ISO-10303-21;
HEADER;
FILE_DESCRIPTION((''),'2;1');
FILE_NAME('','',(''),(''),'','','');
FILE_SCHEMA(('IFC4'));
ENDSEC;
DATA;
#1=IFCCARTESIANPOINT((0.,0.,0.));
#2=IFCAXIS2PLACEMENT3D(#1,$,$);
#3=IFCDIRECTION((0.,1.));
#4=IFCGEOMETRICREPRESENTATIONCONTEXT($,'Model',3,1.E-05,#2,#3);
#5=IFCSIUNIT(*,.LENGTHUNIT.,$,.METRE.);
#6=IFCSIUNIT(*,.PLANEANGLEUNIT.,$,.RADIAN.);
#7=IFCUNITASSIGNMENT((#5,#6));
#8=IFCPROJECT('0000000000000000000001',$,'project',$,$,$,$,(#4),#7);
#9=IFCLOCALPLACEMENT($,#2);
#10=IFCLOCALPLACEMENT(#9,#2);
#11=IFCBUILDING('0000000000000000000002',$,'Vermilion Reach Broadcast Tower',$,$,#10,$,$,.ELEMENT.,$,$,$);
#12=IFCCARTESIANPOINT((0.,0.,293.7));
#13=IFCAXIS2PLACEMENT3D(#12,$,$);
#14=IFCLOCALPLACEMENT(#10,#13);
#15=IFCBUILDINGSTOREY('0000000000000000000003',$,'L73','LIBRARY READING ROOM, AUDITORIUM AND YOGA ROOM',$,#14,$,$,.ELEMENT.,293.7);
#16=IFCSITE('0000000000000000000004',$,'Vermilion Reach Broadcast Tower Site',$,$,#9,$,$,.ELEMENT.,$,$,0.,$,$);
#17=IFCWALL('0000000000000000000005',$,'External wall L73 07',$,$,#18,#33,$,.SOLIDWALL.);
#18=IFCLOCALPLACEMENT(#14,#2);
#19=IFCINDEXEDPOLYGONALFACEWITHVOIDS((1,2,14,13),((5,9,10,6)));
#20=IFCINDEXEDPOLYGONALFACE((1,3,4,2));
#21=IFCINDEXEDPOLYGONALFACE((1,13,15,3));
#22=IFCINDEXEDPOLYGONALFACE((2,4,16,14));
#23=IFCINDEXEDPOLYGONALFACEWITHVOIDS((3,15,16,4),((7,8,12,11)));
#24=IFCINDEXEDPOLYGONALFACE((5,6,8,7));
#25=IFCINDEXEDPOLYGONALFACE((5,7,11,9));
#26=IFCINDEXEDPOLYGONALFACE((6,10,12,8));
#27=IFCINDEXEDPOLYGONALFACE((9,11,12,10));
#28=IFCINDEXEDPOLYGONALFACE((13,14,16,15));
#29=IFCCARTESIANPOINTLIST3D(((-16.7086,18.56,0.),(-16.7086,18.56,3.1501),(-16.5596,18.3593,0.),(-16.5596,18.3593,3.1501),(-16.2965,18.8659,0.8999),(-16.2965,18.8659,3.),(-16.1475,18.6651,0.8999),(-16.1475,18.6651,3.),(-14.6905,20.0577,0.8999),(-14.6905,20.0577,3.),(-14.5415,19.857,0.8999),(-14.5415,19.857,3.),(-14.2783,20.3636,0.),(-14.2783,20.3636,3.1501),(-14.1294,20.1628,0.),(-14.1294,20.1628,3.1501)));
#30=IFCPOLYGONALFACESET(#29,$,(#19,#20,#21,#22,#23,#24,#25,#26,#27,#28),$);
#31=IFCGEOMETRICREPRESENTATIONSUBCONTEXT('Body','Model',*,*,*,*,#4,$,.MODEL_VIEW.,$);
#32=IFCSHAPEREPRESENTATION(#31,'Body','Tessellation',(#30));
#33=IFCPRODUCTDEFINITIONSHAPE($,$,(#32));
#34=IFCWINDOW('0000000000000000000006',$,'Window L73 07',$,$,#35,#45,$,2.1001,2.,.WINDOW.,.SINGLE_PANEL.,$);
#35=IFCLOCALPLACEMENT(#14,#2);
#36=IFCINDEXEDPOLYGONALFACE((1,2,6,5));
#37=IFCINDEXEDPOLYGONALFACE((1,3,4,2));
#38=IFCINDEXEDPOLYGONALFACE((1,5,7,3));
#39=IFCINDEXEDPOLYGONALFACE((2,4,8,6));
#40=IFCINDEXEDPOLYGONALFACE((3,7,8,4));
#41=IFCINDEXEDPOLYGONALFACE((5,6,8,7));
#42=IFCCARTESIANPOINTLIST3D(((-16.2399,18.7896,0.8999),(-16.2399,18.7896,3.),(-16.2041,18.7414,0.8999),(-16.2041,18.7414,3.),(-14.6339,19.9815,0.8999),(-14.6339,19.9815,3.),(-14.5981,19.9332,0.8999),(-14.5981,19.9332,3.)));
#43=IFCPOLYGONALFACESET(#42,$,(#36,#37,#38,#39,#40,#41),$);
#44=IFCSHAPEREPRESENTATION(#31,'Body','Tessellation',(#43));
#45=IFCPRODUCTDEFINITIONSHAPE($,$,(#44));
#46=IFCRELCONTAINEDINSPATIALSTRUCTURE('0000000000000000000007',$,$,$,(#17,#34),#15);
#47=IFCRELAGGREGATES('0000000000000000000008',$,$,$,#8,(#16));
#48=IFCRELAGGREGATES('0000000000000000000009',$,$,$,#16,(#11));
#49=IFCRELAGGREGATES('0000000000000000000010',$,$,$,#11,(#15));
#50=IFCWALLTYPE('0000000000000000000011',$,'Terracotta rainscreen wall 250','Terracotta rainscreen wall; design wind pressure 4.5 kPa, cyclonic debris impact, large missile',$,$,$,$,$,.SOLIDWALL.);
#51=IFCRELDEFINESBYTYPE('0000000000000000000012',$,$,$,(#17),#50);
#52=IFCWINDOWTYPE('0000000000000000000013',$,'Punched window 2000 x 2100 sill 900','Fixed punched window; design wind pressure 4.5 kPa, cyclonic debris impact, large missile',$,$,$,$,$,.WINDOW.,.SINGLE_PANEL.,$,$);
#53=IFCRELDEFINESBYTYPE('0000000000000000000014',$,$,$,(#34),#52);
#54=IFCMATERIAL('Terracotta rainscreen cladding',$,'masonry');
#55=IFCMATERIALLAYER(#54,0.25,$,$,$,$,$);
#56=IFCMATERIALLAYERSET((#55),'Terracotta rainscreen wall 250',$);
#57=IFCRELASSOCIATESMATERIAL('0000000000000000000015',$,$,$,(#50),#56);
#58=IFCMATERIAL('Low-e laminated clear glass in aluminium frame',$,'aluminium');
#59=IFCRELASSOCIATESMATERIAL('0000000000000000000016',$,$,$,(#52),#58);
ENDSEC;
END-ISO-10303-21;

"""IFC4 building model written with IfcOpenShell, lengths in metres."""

from ifc_helpers import new_model, si_unit, direction, frame, frame_2d, origin, place, context, subcontext, project, spatial, rectangle, extrude, material, layer, layer_set, type_object, element, fill, save


model = new_model("IFC4")

# Units and contexts
model_context = context("Model", 3, precision=1e-05, world=origin(), true_north=direction((0.0, 1.0)))
body_context = subcontext(model_context, "Body", "Model", "MODEL_VIEW")
ifc_project = project(units=[si_unit("LENGTHUNIT", "METRE"), si_unit("PLANEANGLEUNIT", "RADIAN")], contexts=[model_context])

# Site, building, storey
site_placement = place(None, origin())
site = spatial("IfcSite", under=ifc_project, at=site_placement, Name="Vermilion Reach Broadcast Tower Site", CompositionType="ELEMENT", RefElevation=0.0)
building_placement = place(site_placement, origin())
building = spatial("IfcBuilding", under=site, at=building_placement, Name="Vermilion Reach Broadcast Tower", CompositionType="ELEMENT")
storey_placement = place(building_placement, frame((0.0, 0.0, 293.7)))
storey = spatial("IfcBuildingStorey", under=building, at=storey_placement, Name="L73", Description="LIBRARY READING ROOM, AUDITORIUM AND YOGA ROOM", CompositionType="ELEMENT", Elevation=293.7)

# Wall, opening, window
ifc_material_1 = material(Name="Terracotta rainscreen cladding", Category="masonry")
ifc_layer_1 = layer(ifc_material_1, 0.25)
ifc_layer_set_1 = layer_set([ifc_layer_1], Name="Terracotta rainscreen wall 250")
wall_type_1 = type_object("IfcWallType", Name="Terracotta rainscreen wall 250", Description="Terracotta rainscreen wall; design wind pressure 4.5 kPa, cyclonic debris impact, large missile", PredefinedType="SOLIDWALL", material=ifc_layer_set_1)
ifc_material_2 = material(Name="Low-e laminated clear glass in aluminium frame", Category="aluminium")
window_type = type_object("IfcWindowType", Name="Punched window 2000 x 2100 sill 900", Description="Fixed punched window; design wind pressure 4.5 kPa, cyclonic debris impact, large missile", PartitioningType="SINGLE_PANEL", PredefinedType="WINDOW", material=ifc_material_2)
wall_1_placement = place(storey_placement, frame((-14.2039, 20.2632, 0.0), z_axis=(0.0, 0.0, 1.0), x_axis=(-0.80303, -0.595939, 0.0)))
wall_1 = element("IfcWall", 1, at=wall_1_placement, inside=storey, type_object=wall_type_1, Name="External wall L73 07", PredefinedType="SOLIDWALL", context=body_context, shape_type="SweptSolid", body=[
    extrude(rectangle(XDim=3.0264, YDim=0.25, at=frame_2d((1.5132, 0.0))), origin(), (0.0, 0.0, 1.0), 3.1501),
])
opening_1_placement = place(wall_1_placement, frame((0.5132, 0.0, 0.8999)))
opening_1 = element("IfcOpeningElement", 2, at=opening_1_placement, cuts=wall_1, PredefinedType="OPENING", context=body_context, shape_type="SweptSolid", body=[
    extrude(rectangle(XDim=2.0, YDim=2.1001, at=frame_2d((1.0, 1.05))), frame((0.0, 0.135, 0.0), z_axis=(0.0, -1.0, 0.0), x_axis=(1.0, 0.0, 0.0)), (0.0, 0.0, 1.0), 0.27),
])
window_1_placement = place(opening_1_placement, origin())
window_1 = element("IfcWindow", 3, at=window_1_placement, inside=storey, type_object=window_type, Name="Window L73 07", OverallHeight=2.1001, OverallWidth=2.0, PartitioningType="SINGLE_PANEL", PredefinedType="WINDOW", context=body_context, shape_type="SweptSolid", body=[
    extrude(rectangle(XDim=2.0, YDim=2.1001, at=frame_2d((1.0, 1.05))), frame((0.0, 0.03, 0.0), z_axis=(0.0, -1.0, 0.0), x_axis=(1.0, 0.0, 0.0)), (0.0, 0.0, 1.0), 0.0601),
])
fill(opening_1, window_1)

save(model, "model.ifc")
